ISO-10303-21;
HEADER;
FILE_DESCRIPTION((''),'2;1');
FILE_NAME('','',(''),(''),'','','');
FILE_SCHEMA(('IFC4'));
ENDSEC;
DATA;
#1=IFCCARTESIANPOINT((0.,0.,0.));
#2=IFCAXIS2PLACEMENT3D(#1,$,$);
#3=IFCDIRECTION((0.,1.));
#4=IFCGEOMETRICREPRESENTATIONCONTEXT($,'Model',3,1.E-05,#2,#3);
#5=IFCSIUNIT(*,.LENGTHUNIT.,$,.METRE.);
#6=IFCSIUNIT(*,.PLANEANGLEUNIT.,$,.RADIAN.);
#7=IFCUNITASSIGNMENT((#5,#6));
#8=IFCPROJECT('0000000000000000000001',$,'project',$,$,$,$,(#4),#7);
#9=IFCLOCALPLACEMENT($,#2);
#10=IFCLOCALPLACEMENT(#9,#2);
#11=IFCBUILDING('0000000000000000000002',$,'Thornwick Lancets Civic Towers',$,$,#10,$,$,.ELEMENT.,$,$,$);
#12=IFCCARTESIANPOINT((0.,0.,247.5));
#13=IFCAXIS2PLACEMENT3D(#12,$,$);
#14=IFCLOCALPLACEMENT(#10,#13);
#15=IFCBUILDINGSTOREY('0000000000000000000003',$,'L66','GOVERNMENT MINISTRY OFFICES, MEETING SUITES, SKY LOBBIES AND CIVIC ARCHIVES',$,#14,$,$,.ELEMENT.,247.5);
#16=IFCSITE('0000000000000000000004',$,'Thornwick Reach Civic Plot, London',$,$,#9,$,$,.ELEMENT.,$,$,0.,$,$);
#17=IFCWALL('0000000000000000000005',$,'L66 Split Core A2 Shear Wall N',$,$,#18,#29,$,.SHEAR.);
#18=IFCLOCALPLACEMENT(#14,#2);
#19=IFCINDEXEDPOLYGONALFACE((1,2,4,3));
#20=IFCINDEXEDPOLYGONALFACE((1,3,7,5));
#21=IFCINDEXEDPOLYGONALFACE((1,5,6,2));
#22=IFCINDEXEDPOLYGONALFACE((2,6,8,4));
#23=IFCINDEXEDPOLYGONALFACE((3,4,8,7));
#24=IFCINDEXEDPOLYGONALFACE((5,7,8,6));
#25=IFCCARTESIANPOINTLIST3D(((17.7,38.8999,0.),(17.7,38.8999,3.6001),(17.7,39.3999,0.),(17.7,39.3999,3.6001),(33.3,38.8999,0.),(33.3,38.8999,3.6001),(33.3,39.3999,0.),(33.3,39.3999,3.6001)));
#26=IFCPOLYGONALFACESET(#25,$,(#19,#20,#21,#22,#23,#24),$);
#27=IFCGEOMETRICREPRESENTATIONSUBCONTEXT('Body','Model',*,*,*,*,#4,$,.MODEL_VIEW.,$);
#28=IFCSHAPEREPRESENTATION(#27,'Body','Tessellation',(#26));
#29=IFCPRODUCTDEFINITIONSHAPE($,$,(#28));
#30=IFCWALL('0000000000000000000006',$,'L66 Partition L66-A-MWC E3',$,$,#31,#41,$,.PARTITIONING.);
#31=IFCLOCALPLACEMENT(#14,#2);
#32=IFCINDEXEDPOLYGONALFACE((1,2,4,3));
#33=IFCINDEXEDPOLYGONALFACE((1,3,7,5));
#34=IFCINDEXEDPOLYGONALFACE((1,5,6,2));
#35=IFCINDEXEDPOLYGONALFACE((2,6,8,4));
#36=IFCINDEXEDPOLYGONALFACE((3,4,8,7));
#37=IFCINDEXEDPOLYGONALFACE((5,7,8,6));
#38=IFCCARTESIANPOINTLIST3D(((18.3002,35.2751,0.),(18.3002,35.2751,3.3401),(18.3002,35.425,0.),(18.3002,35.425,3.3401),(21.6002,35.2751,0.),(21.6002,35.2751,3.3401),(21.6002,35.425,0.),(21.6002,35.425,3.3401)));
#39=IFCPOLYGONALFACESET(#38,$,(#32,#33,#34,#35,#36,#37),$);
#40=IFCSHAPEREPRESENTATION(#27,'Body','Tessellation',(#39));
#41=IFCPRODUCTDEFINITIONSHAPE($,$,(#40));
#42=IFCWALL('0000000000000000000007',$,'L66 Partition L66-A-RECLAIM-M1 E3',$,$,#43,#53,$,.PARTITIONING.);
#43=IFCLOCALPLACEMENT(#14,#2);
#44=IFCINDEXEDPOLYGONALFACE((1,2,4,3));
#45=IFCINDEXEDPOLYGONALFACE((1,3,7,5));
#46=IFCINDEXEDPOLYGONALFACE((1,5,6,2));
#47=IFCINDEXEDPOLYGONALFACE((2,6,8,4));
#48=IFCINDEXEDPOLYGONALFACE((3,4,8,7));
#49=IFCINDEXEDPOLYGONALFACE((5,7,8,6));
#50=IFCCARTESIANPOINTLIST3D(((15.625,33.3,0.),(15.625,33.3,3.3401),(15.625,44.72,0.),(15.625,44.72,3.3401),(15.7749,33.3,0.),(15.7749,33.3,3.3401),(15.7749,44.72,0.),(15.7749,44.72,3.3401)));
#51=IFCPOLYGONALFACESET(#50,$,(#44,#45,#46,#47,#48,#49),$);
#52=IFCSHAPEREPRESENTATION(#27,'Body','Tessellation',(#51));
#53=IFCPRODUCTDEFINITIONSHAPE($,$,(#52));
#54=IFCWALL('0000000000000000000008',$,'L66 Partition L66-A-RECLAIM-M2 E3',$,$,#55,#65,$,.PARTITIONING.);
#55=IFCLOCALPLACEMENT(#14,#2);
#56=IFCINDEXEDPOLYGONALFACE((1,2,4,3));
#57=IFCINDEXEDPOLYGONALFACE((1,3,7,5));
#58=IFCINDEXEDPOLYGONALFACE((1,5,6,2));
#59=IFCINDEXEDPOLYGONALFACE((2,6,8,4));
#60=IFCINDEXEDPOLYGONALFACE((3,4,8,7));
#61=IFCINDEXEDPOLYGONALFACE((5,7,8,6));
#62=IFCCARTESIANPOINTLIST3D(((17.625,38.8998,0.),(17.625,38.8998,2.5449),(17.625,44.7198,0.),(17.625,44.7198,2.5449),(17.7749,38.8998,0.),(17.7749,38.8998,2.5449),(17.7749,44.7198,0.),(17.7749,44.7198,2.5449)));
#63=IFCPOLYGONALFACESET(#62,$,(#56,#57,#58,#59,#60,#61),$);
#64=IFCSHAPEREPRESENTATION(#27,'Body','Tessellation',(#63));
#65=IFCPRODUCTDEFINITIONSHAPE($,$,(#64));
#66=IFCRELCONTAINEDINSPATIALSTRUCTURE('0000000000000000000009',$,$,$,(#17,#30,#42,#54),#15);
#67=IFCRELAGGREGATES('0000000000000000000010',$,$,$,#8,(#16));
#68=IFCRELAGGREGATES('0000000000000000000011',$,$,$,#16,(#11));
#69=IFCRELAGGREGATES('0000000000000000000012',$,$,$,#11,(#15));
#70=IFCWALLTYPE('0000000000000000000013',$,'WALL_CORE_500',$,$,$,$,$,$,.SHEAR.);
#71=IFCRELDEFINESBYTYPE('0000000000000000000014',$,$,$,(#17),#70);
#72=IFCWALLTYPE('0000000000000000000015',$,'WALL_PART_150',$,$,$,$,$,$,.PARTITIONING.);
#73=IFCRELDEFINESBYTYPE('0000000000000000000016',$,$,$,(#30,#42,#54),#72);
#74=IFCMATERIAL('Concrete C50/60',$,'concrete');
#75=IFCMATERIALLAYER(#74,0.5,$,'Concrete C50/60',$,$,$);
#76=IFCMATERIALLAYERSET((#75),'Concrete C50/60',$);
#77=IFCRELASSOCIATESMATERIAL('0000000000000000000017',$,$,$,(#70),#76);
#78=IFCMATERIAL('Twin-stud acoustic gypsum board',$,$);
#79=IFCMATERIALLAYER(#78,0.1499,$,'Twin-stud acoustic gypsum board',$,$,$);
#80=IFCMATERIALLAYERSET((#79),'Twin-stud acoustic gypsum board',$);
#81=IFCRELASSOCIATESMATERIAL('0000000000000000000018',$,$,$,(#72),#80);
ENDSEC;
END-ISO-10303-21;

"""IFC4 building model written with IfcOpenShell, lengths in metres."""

from ifc_helpers import new_model, si_unit, direction, frame, frame_2d, origin, place, context, subcontext, project, spatial, rectangle, extrude, material, layer, layer_set, type_object, element, save


model = new_model("IFC4")

# Units and contexts
model_context = context("Model", 3, precision=1e-05, world=origin(), true_north=direction((0.0, 1.0)))
body_context = subcontext(model_context, "Body", "Model", "MODEL_VIEW")
ifc_project = project(units=[si_unit("LENGTHUNIT", "METRE"), si_unit("PLANEANGLEUNIT", "RADIAN")], contexts=[model_context])

# Site, building, storey
site_placement = place(None, origin())
site = spatial("IfcSite", under=ifc_project, at=site_placement, Name="Thornwick Reach Civic Plot, London", CompositionType="ELEMENT", RefElevation=0.0)
building_placement = place(site_placement, origin())
building = spatial("IfcBuilding", under=site, at=building_placement, Name="Thornwick Lancets Civic Towers", CompositionType="ELEMENT")
storey_placement = place(building_placement, frame((0.0, 0.0, 247.5)))
storey = spatial("IfcBuildingStorey", under=building, at=storey_placement, Name="L66", Description="GOVERNMENT MINISTRY OFFICES, MEETING SUITES, SKY LOBBIES AND CIVIC ARCHIVES", CompositionType="ELEMENT", Elevation=247.5)

# Shared definitions
ifc_material_1 = material(Name="Concrete C50/60", Category="concrete")

# Walls
ifc_layer_1 = layer(ifc_material_1, 0.5, Name="Concrete C50/60")
ifc_layer_set_1 = layer_set([ifc_layer_1], Name="Concrete C50/60")
wall_type_1 = type_object("IfcWallType", Name="WALL_CORE_500", PredefinedType="SHEAR", material=ifc_layer_set_1)
wall_1_placement = place(storey_placement, frame((17.7, 39.1499, 0.0), z_axis=(0.0, 0.0, 1.0), x_axis=(1.0, 0.0, 0.0)))
element("IfcWall", 1, at=wall_1_placement, inside=storey, type_object=wall_type_1, Name="L66 Split Core A2 Shear Wall N", PredefinedType="SHEAR", context=body_context, shape_type="SweptSolid", body=[
    extrude(rectangle(XDim=15.6001, YDim=0.5, at=frame_2d((7.8, 0.0))), origin(), (0.0, 0.0, 1.0), 3.6001),
])
ifc_material_2 = material(Name="Twin-stud acoustic gypsum board")
ifc_layer_2 = layer(ifc_material_2, 0.1499, Name="Twin-stud acoustic gypsum board")
ifc_layer_set_2 = layer_set([ifc_layer_2], Name="Twin-stud acoustic gypsum board")
wall_type_2 = type_object("IfcWallType", Name="WALL_PART_150", PredefinedType="PARTITIONING", material=ifc_layer_set_2)
wall_2_placement = place(storey_placement, frame((21.6001, 35.3501, 0.0), z_axis=(0.0, 0.0, 1.0), x_axis=(-1.0, 0.0, 0.0)))
element("IfcWall", 2, at=wall_2_placement, inside=storey, type_object=wall_type_2, Name="L66 Partition L66-A-MWC E3", PredefinedType="PARTITIONING", context=body_context, shape_type="SweptSolid", body=[
    extrude(rectangle(XDim=3.3, YDim=0.1499, at=frame_2d((1.6499, 0.0))), origin(), (0.0, 0.0, 1.0), 3.3401),
])
wall_3_placement = place(storey_placement, frame((15.7, 44.72, 0.0), z_axis=(0.0, 0.0, 1.0), x_axis=(0.0, -1.0, 0.0)))
element("IfcWall", 3, at=wall_3_placement, inside=storey, type_object=wall_type_2, Name="L66 Partition L66-A-RECLAIM-M1 E3", PredefinedType="PARTITIONING", context=body_context, shape_type="SweptSolid", body=[
    extrude(rectangle(XDim=11.4199, YDim=0.1499, at=frame_2d((5.71, 0.0))), origin(), (0.0, 0.0, 1.0), 3.3401),
])
wall_4_placement = place(storey_placement, frame((17.7, 44.72, 0.0), z_axis=(0.0, 0.0, 1.0), x_axis=(0.0, -1.0, 0.0)))
element("IfcWall", 4, at=wall_4_placement, inside=storey, type_object=wall_type_2, Name="L66 Partition L66-A-RECLAIM-M2 E3", PredefinedType="PARTITIONING", context=body_context, shape_type="SweptSolid", body=[
    extrude(rectangle(XDim=5.8201, YDim=0.1499, at=frame_2d((2.9102, 0.0))), origin(), (0.0, 0.0, 1.0), 2.5449),
])

save(model, "model.ifc")
